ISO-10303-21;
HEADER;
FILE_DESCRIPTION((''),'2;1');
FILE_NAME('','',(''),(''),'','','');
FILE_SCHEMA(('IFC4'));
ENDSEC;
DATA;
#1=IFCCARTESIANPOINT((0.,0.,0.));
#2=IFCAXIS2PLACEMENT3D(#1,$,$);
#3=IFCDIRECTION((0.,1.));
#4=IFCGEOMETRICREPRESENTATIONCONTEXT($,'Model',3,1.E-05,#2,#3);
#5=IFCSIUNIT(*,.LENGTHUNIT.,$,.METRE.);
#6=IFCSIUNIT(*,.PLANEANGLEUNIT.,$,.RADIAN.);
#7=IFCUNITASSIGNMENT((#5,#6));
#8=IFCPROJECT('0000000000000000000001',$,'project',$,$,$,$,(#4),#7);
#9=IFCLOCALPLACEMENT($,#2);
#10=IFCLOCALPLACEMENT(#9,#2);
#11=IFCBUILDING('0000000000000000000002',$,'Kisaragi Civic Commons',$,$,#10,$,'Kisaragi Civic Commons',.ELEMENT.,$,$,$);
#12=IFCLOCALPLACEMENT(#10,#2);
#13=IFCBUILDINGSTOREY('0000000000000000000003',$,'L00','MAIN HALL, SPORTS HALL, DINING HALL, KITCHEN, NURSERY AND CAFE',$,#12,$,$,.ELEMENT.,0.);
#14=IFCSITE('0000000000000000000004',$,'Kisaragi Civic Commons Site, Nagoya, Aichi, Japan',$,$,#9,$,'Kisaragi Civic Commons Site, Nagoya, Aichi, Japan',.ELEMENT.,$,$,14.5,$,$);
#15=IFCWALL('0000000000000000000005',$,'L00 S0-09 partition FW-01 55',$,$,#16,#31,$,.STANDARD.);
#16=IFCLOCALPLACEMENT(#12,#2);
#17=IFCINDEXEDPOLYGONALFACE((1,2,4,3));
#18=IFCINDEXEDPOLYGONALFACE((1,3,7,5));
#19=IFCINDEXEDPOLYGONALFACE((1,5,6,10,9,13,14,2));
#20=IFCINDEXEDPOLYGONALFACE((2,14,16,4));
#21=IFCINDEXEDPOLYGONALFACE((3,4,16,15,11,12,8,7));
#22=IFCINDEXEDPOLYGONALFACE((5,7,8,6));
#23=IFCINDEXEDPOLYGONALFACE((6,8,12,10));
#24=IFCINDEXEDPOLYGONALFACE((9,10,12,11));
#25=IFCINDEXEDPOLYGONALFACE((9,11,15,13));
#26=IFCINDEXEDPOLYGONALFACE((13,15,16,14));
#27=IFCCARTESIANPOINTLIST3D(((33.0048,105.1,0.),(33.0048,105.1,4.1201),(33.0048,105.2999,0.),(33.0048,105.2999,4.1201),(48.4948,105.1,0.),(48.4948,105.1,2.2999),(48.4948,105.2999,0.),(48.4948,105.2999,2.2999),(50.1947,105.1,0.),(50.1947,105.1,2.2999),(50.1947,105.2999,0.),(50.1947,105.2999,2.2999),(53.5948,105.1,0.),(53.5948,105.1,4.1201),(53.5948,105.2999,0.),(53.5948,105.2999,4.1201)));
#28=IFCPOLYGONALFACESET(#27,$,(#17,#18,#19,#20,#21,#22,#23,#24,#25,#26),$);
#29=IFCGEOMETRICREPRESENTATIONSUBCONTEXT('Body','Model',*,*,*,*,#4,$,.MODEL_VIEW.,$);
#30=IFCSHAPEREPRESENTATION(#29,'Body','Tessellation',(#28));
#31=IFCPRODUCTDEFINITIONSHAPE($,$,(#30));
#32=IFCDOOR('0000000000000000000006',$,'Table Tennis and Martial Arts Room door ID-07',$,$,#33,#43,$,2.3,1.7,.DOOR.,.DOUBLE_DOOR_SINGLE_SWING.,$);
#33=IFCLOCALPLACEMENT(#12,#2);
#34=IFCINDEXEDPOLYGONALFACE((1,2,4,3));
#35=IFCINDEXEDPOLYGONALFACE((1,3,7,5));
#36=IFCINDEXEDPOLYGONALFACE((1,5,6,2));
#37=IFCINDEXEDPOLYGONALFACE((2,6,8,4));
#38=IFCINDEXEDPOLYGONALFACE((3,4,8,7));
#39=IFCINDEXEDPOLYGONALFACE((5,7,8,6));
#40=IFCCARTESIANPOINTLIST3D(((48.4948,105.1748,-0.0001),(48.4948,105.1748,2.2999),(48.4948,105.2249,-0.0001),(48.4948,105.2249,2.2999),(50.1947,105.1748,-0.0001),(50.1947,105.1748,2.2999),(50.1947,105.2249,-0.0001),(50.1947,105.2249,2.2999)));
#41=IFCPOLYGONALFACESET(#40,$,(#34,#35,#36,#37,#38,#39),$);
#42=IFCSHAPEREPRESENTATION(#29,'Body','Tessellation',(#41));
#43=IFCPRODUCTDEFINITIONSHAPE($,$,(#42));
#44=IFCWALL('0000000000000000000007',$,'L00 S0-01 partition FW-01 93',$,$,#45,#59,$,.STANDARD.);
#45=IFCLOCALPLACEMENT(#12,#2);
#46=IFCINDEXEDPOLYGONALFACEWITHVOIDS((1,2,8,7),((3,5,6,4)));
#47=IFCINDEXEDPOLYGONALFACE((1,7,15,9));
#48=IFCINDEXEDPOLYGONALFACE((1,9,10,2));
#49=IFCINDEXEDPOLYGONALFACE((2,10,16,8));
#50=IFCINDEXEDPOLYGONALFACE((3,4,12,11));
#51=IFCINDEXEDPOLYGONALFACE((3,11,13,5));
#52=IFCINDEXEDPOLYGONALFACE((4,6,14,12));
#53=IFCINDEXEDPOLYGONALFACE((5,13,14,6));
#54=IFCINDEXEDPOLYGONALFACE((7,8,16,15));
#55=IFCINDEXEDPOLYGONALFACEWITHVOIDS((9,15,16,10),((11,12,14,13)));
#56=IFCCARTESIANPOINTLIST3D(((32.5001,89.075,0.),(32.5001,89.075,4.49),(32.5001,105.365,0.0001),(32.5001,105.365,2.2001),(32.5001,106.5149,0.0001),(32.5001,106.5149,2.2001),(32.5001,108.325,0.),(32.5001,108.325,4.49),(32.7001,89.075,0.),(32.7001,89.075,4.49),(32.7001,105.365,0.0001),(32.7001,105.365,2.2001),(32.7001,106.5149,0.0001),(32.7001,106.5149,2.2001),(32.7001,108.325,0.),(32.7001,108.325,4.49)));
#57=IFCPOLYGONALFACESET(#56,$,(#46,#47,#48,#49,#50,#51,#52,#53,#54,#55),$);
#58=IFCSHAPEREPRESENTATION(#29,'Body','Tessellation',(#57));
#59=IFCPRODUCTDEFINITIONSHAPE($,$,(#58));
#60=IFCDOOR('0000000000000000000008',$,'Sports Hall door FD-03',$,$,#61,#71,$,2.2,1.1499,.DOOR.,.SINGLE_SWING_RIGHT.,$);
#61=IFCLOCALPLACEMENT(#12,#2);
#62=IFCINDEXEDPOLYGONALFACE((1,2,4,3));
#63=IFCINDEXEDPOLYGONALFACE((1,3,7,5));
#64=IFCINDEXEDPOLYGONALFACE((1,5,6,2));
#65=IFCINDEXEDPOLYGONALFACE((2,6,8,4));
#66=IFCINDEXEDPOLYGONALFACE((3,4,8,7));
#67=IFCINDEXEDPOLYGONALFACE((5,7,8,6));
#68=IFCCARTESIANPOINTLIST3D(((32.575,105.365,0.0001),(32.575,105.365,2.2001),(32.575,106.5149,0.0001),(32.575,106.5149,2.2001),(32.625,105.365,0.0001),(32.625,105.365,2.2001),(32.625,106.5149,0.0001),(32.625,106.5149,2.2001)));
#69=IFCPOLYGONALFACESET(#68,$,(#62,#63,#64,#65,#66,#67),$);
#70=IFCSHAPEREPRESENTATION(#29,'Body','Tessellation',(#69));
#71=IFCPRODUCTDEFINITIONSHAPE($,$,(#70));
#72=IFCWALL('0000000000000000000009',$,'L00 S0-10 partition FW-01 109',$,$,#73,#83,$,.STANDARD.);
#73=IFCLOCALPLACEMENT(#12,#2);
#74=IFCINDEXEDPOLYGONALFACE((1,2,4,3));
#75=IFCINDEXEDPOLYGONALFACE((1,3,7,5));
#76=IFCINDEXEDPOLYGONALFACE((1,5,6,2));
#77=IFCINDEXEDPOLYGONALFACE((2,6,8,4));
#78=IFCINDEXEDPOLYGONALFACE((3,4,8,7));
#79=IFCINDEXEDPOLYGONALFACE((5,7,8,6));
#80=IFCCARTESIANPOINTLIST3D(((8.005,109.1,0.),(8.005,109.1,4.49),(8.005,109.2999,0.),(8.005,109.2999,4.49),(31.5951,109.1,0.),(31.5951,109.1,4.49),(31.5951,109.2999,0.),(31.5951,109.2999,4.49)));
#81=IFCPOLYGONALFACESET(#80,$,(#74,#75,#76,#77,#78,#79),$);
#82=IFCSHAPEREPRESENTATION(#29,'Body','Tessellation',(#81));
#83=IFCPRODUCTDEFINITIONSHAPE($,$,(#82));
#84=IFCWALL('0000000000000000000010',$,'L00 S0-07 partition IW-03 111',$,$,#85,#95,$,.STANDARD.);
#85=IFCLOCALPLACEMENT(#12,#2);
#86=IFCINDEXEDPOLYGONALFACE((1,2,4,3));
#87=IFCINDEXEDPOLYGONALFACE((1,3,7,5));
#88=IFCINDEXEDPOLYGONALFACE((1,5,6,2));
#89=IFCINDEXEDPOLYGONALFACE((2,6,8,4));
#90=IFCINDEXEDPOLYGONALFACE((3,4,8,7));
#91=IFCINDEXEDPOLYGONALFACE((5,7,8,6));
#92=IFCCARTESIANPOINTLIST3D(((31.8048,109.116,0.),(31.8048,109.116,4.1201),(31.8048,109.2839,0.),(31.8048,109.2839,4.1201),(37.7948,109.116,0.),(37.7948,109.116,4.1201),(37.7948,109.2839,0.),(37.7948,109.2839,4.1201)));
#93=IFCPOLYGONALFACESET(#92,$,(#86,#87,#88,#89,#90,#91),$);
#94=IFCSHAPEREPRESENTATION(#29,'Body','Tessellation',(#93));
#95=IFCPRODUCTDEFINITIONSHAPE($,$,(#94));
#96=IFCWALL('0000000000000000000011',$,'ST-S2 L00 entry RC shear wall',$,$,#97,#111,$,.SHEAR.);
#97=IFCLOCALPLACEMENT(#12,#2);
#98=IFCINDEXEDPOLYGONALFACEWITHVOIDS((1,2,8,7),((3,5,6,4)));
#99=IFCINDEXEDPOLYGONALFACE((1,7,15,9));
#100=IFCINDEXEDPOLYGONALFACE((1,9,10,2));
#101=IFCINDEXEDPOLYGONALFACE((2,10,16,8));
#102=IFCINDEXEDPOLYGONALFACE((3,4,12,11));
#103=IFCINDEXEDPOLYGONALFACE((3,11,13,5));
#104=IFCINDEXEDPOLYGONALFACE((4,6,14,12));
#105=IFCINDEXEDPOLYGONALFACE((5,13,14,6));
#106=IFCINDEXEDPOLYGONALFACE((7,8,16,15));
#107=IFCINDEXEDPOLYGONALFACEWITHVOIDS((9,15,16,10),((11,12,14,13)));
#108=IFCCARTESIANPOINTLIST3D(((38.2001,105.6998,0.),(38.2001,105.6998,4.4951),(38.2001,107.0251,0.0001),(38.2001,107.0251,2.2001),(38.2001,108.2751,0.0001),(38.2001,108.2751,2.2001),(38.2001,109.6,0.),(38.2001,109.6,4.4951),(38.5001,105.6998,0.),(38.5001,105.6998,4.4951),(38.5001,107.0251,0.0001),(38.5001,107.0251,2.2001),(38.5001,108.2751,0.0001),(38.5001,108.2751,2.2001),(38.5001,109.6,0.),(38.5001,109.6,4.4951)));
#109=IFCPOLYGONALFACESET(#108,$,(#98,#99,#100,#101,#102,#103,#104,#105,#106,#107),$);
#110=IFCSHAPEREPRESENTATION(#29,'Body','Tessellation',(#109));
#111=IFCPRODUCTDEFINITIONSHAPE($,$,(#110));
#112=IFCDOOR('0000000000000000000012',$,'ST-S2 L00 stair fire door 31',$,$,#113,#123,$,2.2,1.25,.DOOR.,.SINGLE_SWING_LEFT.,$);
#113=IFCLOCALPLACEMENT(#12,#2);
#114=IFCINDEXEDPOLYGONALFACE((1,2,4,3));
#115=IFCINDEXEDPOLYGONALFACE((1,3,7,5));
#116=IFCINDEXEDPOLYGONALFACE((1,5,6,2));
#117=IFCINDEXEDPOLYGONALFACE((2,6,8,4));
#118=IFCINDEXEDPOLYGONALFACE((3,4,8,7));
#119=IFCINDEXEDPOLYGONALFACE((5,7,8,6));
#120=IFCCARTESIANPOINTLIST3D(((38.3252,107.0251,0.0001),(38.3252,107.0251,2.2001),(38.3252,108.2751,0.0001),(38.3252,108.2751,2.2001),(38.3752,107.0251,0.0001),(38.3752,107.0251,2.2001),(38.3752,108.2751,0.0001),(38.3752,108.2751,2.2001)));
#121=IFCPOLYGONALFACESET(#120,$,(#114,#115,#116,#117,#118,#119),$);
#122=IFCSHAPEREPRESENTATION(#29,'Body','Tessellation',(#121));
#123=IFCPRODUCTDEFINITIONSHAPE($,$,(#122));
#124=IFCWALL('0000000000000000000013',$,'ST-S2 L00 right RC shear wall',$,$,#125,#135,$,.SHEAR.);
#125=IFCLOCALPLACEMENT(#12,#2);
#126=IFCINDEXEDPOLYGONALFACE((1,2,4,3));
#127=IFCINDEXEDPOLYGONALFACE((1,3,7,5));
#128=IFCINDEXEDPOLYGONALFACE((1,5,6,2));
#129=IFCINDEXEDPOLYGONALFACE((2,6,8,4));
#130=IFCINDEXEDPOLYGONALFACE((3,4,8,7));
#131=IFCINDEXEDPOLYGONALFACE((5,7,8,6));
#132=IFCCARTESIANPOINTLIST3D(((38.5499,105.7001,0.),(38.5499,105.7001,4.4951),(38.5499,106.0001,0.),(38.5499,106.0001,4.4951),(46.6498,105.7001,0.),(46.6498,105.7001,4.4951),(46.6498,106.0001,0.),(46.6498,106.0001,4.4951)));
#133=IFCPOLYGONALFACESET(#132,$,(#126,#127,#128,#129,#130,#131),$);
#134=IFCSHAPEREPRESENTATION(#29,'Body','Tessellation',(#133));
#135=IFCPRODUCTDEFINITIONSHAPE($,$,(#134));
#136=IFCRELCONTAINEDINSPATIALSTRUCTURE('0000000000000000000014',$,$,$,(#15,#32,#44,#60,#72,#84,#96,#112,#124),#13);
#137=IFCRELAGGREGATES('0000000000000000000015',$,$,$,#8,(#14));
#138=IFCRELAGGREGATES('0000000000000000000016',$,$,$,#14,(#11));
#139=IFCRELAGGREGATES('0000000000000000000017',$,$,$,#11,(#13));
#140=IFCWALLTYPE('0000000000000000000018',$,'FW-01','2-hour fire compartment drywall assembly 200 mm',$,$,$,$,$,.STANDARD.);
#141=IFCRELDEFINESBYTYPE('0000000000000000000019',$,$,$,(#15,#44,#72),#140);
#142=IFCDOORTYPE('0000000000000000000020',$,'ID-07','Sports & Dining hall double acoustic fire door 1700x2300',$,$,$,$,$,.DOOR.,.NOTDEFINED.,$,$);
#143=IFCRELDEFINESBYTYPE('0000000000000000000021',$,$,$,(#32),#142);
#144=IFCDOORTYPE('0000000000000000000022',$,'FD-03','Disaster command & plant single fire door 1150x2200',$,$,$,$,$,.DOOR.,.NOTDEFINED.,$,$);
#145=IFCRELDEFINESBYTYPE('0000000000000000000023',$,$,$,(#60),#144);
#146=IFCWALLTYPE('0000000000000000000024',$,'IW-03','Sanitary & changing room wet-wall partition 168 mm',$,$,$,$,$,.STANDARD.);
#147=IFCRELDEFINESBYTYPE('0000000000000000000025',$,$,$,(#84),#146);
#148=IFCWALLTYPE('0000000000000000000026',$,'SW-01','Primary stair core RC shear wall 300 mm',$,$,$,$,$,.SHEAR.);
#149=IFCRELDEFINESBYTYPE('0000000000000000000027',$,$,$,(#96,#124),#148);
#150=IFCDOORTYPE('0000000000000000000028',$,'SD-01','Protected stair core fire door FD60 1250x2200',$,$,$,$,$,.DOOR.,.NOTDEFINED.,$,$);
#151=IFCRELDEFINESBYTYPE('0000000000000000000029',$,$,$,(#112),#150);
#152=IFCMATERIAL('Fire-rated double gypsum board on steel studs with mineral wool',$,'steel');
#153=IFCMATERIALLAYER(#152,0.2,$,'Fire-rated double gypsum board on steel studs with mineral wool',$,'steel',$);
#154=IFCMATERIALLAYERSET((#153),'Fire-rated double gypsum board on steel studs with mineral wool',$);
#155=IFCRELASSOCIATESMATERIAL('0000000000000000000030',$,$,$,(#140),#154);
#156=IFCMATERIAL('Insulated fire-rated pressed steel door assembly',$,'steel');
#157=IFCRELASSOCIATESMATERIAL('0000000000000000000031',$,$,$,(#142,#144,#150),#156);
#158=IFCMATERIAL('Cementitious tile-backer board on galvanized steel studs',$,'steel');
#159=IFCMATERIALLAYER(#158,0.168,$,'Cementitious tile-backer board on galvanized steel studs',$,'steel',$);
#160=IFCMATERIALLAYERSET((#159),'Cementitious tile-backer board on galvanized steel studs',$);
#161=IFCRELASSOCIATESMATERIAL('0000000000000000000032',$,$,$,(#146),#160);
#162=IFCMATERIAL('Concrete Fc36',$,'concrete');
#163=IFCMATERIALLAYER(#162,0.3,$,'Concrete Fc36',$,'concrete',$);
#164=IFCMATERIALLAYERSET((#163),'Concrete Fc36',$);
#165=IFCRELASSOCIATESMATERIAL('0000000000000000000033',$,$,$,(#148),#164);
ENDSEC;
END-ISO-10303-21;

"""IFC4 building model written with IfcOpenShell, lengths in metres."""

from ifc_helpers import new_model, si_unit, direction, frame, frame_2d, origin, place, context, subcontext, project, spatial, rectangle, extrude, material, layer, layer_set, type_object, element, fill, save


model = new_model("IFC4")

# Units and contexts
model_context = context("Model", 3, precision=1e-05, world=origin(), true_north=direction((0.0, 1.0)))
body_context = subcontext(model_context, "Body", "Model", "MODEL_VIEW")
ifc_project = project(units=[si_unit("LENGTHUNIT", "METRE"), si_unit("PLANEANGLEUNIT", "RADIAN")], contexts=[model_context])

# Site, building, storey
site_placement = place(None, origin())
site = spatial("IfcSite", under=ifc_project, at=site_placement, Name="Kisaragi Civic Commons Site, Nagoya, Aichi, Japan", LongName="Kisaragi Civic Commons Site, Nagoya, Aichi, Japan", CompositionType="ELEMENT", RefElevation=14.5)
building_placement = place(site_placement, origin())
building = spatial("IfcBuilding", under=site, at=building_placement, Name="Kisaragi Civic Commons", LongName="Kisaragi Civic Commons", CompositionType="ELEMENT")
storey_placement = place(building_placement, origin())
storey = spatial("IfcBuildingStorey", under=building, at=storey_placement, Name="L00", Description="MAIN HALL, SPORTS HALL, DINING HALL, KITCHEN, NURSERY AND CAFE", CompositionType="ELEMENT", Elevation=0.0)

# Shared definitions
ifc_material_1 = material(Name="Concrete Fc36", Category="concrete")

# Walls, openings, doors
ifc_material_2 = material(Name="Fire-rated double gypsum board on steel studs with mineral wool", Category="steel")
ifc_layer_1 = layer(ifc_material_2, 0.2, Name="Fire-rated double gypsum board on steel studs with mineral wool", Category="steel")
ifc_layer_set_1 = layer_set([ifc_layer_1], Name="Fire-rated double gypsum board on steel studs with mineral wool")
wall_type_1 = type_object("IfcWallType", Name="FW-01", Description="2-hour fire compartment drywall assembly 200 mm", PredefinedType="STANDARD", material=ifc_layer_set_1)
wall_1_placement = place(storey_placement, frame((33.0049, 105.2, 0.0), z_axis=(0.0, 0.0, 1.0), x_axis=(1.0, 0.0, 0.0)))
wall_1 = element("IfcWall", 1, at=wall_1_placement, inside=storey, type_object=wall_type_1, Name="L00 S0-09 partition FW-01 55", PredefinedType="STANDARD", context=body_context, shape_type="SweptSolid", body=[
    extrude(rectangle(XDim=20.5901, YDim=0.2, at=frame_2d((10.2949, 0.0))), origin(), (0.0, 0.0, 1.0), 4.1201),
])
opening_1_placement = place(wall_1_placement, frame((15.4897, 0.0, 0.0)))
opening_1 = element("IfcOpeningElement", 2, at=opening_1_placement, cuts=wall_1, PredefinedType="OPENING", context=body_context, shape_type="SweptSolid", body=[
    extrude(rectangle(XDim=1.7, YDim=2.3, at=frame_2d((0.8501, 1.1499))), frame((0.0, 0.1099, 0.0), z_axis=(0.0, -1.0, 0.0), x_axis=(1.0, 0.0, 0.0)), (0.0, 0.0, 1.0), 0.22),
])
ifc_material_3 = material(Name="Insulated fire-rated pressed steel door assembly", Category="steel")
door_type_1 = type_object("IfcDoorType", Name="ID-07", Description="Sports & Dining hall double acoustic fire door 1700x2300", OperationType="NOTDEFINED", PredefinedType="DOOR", material=ifc_material_3)
door_1_placement = place(opening_1_placement, origin())
door_1 = element("IfcDoor", 3, at=door_1_placement, inside=storey, type_object=door_type_1, Name="Table Tennis and Martial Arts Room door ID-07", OperationType="DOUBLE_DOOR_SINGLE_SWING", OverallHeight=2.3, OverallWidth=1.7, PredefinedType="DOOR", context=body_context, shape_type="SweptSolid", body=[
    extrude(rectangle(XDim=1.7, YDim=2.3, at=frame_2d((0.8501, 1.1499))), frame((0.0, 0.0249, 0.0), z_axis=(0.0, -1.0, 0.0), x_axis=(1.0, 0.0, 0.0)), (0.0, 0.0, 1.0), 0.05),
])
fill(opening_1, door_1)
wall_2_placement = place(storey_placement, frame((32.6001, 108.325, 0.0), z_axis=(0.0, 0.0, 1.0), x_axis=(0.0, -1.0, 0.0)))
wall_2 = element("IfcWall", 4, at=wall_2_placement, inside=storey, type_object=wall_type_1, Name="L00 S0-01 partition FW-01 93", PredefinedType="STANDARD", context=body_context, shape_type="SweptSolid", body=[
    extrude(rectangle(XDim=19.25, YDim=0.2, at=frame_2d((9.625, 0.0))), origin(), (0.0, 0.0, 1.0), 4.49),
])
opening_2_placement = place(wall_2_placement, frame((1.8101, 0.0, 0.0)))
opening_2 = element("IfcOpeningElement", 5, at=opening_2_placement, cuts=wall_2, PredefinedType="OPENING", context=body_context, shape_type="SweptSolid", body=[
    extrude(rectangle(XDim=1.1499, YDim=2.2, at=frame_2d((0.575, 1.1001))), frame((0.0, 0.1099, 0.0), z_axis=(0.0, -1.0, 0.0), x_axis=(1.0, 0.0, 0.0)), (0.0, 0.0, 1.0), 0.22),
])
door_type_2 = type_object("IfcDoorType", Name="FD-03", Description="Disaster command & plant single fire door 1150x2200", OperationType="NOTDEFINED", PredefinedType="DOOR", material=ifc_material_3)
door_2_placement = place(opening_2_placement, origin())
door_2 = element("IfcDoor", 6, at=door_2_placement, inside=storey, type_object=door_type_2, Name="Sports Hall door FD-03", OperationType="SINGLE_SWING_RIGHT", OverallHeight=2.2, OverallWidth=1.1499, PredefinedType="DOOR", context=body_context, shape_type="SweptSolid", body=[
    extrude(rectangle(XDim=1.1499, YDim=2.2, at=frame_2d((0.575, 1.1001))), frame((0.0, 0.0249, 0.0), z_axis=(0.0, -1.0, 0.0), x_axis=(1.0, 0.0, 0.0)), (0.0, 0.0, 1.0), 0.05),
])
fill(opening_2, door_2)

# Walls
wall_3_placement = place(storey_placement, frame((31.595, 109.2, 0.0), z_axis=(0.0, 0.0, 1.0), x_axis=(-1.0, 0.0, 0.0)))
element("IfcWall", 7, at=wall_3_placement, inside=storey, type_object=wall_type_1, Name="L00 S0-10 partition FW-01 109", PredefinedType="STANDARD", context=body_context, shape_type="SweptSolid", body=[
    extrude(rectangle(XDim=23.5901, YDim=0.2, at=frame_2d((11.7949, 0.0))), origin(), (0.0, 0.0, 1.0), 4.49),
])
ifc_material_4 = material(Name="Cementitious tile-backer board on galvanized steel studs", Category="steel")
ifc_layer_2 = layer(ifc_material_4, 0.168, Name="Cementitious tile-backer board on galvanized steel studs", Category="steel")
ifc_layer_set_2 = layer_set([ifc_layer_2], Name="Cementitious tile-backer board on galvanized steel studs")
wall_type_2 = type_object("IfcWallType", Name="IW-03", Description="Sanitary & changing room wet-wall partition 168 mm", PredefinedType="STANDARD", material=ifc_layer_set_2)
wall_4_placement = place(storey_placement, frame((37.7949, 109.2, 0.0), z_axis=(0.0, 0.0, 1.0), x_axis=(-1.0, 0.0, 0.0)))
element("IfcWall", 8, at=wall_4_placement, inside=storey, type_object=wall_type_2, Name="L00 S0-07 partition IW-03 111", PredefinedType="STANDARD", context=body_context, shape_type="SweptSolid", body=[
    extrude(rectangle(XDim=5.99, YDim=0.168, at=frame_2d((2.9951, 0.0))), origin(), (0.0, 0.0, 1.0), 4.1201),
])

# Wall, opening, door
ifc_layer_3 = layer(ifc_material_1, 0.3, Name="Concrete Fc36", Category="concrete")
ifc_layer_set_3 = layer_set([ifc_layer_3], Name="Concrete Fc36")
wall_type_3 = type_object("IfcWallType", Name="SW-01", Description="Primary stair core RC shear wall 300 mm", PredefinedType="SHEAR", material=ifc_layer_set_3)
wall_5_placement = place(storey_placement, frame((38.3501, 109.6001, 0.0), z_axis=(0.0, 0.0, 1.0), x_axis=(0.0, -1.0, 0.0)))
wall_5 = element("IfcWall", 9, at=wall_5_placement, inside=storey, type_object=wall_type_3, Name="ST-S2 L00 entry RC shear wall", PredefinedType="SHEAR", context=body_context, shape_type="SweptSolid", body=[
    extrude(rectangle(XDim=3.9001, YDim=0.3, at=frame_2d((1.9502, 0.0))), origin(), (0.0, 0.0, 1.0), 4.4951),
])
opening_3_placement = place(wall_5_placement, frame((1.325, 0.0, 0.0)))
opening_3 = element("IfcOpeningElement", 10, at=opening_3_placement, cuts=wall_5, PredefinedType="OPENING", context=body_context, shape_type="SweptSolid", body=[
    extrude(rectangle(XDim=1.25, YDim=2.2, at=frame_2d((0.625, 1.1001))), frame((0.0, 0.1599, 0.0), z_axis=(0.0, -1.0, 0.0), x_axis=(1.0, 0.0, 0.0)), (0.0, 0.0, 1.0), 0.3201),
])
door_type_3 = type_object("IfcDoorType", Name="SD-01", Description="Protected stair core fire door FD60 1250x2200", OperationType="NOTDEFINED", PredefinedType="DOOR", material=ifc_material_3)
door_3_placement = place(opening_3_placement, frame((1.25, 0.0, 0.0), z_axis=(0.0, 0.0, 1.0), x_axis=(-1.0, 0.0, 0.0)))
door_3 = element("IfcDoor", 11, at=door_3_placement, inside=storey, type_object=door_type_3, Name="ST-S2 L00 stair fire door 31", OperationType="SINGLE_SWING_LEFT", OverallHeight=2.2, OverallWidth=1.25, PredefinedType="DOOR", context=body_context, shape_type="SweptSolid", body=[
    extrude(rectangle(XDim=1.25, YDim=2.2, at=frame_2d((0.625, 1.1001))), frame((0.0, 0.0249, 0.0), z_axis=(0.0, -1.0, 0.0), x_axis=(1.0, 0.0, 0.0)), (0.0, 0.0, 1.0), 0.05),
])
fill(opening_3, door_3)

# Wall
wall_6_placement = place(storey_placement, frame((38.55, 105.8501, 0.0), z_axis=(0.0, 0.0, 1.0), x_axis=(1.0, 0.0, 0.0)))
element("IfcWall", 12, at=wall_6_placement, inside=storey, type_object=wall_type_3, Name="ST-S2 L00 right RC shear wall", PredefinedType="SHEAR", context=body_context, shape_type="SweptSolid", body=[
    extrude(rectangle(XDim=8.0999, YDim=0.3, at=frame_2d((4.0498, 0.0))), origin(), (0.0, 0.0, 1.0), 4.4951),
])

save(model, "model.ifc")
